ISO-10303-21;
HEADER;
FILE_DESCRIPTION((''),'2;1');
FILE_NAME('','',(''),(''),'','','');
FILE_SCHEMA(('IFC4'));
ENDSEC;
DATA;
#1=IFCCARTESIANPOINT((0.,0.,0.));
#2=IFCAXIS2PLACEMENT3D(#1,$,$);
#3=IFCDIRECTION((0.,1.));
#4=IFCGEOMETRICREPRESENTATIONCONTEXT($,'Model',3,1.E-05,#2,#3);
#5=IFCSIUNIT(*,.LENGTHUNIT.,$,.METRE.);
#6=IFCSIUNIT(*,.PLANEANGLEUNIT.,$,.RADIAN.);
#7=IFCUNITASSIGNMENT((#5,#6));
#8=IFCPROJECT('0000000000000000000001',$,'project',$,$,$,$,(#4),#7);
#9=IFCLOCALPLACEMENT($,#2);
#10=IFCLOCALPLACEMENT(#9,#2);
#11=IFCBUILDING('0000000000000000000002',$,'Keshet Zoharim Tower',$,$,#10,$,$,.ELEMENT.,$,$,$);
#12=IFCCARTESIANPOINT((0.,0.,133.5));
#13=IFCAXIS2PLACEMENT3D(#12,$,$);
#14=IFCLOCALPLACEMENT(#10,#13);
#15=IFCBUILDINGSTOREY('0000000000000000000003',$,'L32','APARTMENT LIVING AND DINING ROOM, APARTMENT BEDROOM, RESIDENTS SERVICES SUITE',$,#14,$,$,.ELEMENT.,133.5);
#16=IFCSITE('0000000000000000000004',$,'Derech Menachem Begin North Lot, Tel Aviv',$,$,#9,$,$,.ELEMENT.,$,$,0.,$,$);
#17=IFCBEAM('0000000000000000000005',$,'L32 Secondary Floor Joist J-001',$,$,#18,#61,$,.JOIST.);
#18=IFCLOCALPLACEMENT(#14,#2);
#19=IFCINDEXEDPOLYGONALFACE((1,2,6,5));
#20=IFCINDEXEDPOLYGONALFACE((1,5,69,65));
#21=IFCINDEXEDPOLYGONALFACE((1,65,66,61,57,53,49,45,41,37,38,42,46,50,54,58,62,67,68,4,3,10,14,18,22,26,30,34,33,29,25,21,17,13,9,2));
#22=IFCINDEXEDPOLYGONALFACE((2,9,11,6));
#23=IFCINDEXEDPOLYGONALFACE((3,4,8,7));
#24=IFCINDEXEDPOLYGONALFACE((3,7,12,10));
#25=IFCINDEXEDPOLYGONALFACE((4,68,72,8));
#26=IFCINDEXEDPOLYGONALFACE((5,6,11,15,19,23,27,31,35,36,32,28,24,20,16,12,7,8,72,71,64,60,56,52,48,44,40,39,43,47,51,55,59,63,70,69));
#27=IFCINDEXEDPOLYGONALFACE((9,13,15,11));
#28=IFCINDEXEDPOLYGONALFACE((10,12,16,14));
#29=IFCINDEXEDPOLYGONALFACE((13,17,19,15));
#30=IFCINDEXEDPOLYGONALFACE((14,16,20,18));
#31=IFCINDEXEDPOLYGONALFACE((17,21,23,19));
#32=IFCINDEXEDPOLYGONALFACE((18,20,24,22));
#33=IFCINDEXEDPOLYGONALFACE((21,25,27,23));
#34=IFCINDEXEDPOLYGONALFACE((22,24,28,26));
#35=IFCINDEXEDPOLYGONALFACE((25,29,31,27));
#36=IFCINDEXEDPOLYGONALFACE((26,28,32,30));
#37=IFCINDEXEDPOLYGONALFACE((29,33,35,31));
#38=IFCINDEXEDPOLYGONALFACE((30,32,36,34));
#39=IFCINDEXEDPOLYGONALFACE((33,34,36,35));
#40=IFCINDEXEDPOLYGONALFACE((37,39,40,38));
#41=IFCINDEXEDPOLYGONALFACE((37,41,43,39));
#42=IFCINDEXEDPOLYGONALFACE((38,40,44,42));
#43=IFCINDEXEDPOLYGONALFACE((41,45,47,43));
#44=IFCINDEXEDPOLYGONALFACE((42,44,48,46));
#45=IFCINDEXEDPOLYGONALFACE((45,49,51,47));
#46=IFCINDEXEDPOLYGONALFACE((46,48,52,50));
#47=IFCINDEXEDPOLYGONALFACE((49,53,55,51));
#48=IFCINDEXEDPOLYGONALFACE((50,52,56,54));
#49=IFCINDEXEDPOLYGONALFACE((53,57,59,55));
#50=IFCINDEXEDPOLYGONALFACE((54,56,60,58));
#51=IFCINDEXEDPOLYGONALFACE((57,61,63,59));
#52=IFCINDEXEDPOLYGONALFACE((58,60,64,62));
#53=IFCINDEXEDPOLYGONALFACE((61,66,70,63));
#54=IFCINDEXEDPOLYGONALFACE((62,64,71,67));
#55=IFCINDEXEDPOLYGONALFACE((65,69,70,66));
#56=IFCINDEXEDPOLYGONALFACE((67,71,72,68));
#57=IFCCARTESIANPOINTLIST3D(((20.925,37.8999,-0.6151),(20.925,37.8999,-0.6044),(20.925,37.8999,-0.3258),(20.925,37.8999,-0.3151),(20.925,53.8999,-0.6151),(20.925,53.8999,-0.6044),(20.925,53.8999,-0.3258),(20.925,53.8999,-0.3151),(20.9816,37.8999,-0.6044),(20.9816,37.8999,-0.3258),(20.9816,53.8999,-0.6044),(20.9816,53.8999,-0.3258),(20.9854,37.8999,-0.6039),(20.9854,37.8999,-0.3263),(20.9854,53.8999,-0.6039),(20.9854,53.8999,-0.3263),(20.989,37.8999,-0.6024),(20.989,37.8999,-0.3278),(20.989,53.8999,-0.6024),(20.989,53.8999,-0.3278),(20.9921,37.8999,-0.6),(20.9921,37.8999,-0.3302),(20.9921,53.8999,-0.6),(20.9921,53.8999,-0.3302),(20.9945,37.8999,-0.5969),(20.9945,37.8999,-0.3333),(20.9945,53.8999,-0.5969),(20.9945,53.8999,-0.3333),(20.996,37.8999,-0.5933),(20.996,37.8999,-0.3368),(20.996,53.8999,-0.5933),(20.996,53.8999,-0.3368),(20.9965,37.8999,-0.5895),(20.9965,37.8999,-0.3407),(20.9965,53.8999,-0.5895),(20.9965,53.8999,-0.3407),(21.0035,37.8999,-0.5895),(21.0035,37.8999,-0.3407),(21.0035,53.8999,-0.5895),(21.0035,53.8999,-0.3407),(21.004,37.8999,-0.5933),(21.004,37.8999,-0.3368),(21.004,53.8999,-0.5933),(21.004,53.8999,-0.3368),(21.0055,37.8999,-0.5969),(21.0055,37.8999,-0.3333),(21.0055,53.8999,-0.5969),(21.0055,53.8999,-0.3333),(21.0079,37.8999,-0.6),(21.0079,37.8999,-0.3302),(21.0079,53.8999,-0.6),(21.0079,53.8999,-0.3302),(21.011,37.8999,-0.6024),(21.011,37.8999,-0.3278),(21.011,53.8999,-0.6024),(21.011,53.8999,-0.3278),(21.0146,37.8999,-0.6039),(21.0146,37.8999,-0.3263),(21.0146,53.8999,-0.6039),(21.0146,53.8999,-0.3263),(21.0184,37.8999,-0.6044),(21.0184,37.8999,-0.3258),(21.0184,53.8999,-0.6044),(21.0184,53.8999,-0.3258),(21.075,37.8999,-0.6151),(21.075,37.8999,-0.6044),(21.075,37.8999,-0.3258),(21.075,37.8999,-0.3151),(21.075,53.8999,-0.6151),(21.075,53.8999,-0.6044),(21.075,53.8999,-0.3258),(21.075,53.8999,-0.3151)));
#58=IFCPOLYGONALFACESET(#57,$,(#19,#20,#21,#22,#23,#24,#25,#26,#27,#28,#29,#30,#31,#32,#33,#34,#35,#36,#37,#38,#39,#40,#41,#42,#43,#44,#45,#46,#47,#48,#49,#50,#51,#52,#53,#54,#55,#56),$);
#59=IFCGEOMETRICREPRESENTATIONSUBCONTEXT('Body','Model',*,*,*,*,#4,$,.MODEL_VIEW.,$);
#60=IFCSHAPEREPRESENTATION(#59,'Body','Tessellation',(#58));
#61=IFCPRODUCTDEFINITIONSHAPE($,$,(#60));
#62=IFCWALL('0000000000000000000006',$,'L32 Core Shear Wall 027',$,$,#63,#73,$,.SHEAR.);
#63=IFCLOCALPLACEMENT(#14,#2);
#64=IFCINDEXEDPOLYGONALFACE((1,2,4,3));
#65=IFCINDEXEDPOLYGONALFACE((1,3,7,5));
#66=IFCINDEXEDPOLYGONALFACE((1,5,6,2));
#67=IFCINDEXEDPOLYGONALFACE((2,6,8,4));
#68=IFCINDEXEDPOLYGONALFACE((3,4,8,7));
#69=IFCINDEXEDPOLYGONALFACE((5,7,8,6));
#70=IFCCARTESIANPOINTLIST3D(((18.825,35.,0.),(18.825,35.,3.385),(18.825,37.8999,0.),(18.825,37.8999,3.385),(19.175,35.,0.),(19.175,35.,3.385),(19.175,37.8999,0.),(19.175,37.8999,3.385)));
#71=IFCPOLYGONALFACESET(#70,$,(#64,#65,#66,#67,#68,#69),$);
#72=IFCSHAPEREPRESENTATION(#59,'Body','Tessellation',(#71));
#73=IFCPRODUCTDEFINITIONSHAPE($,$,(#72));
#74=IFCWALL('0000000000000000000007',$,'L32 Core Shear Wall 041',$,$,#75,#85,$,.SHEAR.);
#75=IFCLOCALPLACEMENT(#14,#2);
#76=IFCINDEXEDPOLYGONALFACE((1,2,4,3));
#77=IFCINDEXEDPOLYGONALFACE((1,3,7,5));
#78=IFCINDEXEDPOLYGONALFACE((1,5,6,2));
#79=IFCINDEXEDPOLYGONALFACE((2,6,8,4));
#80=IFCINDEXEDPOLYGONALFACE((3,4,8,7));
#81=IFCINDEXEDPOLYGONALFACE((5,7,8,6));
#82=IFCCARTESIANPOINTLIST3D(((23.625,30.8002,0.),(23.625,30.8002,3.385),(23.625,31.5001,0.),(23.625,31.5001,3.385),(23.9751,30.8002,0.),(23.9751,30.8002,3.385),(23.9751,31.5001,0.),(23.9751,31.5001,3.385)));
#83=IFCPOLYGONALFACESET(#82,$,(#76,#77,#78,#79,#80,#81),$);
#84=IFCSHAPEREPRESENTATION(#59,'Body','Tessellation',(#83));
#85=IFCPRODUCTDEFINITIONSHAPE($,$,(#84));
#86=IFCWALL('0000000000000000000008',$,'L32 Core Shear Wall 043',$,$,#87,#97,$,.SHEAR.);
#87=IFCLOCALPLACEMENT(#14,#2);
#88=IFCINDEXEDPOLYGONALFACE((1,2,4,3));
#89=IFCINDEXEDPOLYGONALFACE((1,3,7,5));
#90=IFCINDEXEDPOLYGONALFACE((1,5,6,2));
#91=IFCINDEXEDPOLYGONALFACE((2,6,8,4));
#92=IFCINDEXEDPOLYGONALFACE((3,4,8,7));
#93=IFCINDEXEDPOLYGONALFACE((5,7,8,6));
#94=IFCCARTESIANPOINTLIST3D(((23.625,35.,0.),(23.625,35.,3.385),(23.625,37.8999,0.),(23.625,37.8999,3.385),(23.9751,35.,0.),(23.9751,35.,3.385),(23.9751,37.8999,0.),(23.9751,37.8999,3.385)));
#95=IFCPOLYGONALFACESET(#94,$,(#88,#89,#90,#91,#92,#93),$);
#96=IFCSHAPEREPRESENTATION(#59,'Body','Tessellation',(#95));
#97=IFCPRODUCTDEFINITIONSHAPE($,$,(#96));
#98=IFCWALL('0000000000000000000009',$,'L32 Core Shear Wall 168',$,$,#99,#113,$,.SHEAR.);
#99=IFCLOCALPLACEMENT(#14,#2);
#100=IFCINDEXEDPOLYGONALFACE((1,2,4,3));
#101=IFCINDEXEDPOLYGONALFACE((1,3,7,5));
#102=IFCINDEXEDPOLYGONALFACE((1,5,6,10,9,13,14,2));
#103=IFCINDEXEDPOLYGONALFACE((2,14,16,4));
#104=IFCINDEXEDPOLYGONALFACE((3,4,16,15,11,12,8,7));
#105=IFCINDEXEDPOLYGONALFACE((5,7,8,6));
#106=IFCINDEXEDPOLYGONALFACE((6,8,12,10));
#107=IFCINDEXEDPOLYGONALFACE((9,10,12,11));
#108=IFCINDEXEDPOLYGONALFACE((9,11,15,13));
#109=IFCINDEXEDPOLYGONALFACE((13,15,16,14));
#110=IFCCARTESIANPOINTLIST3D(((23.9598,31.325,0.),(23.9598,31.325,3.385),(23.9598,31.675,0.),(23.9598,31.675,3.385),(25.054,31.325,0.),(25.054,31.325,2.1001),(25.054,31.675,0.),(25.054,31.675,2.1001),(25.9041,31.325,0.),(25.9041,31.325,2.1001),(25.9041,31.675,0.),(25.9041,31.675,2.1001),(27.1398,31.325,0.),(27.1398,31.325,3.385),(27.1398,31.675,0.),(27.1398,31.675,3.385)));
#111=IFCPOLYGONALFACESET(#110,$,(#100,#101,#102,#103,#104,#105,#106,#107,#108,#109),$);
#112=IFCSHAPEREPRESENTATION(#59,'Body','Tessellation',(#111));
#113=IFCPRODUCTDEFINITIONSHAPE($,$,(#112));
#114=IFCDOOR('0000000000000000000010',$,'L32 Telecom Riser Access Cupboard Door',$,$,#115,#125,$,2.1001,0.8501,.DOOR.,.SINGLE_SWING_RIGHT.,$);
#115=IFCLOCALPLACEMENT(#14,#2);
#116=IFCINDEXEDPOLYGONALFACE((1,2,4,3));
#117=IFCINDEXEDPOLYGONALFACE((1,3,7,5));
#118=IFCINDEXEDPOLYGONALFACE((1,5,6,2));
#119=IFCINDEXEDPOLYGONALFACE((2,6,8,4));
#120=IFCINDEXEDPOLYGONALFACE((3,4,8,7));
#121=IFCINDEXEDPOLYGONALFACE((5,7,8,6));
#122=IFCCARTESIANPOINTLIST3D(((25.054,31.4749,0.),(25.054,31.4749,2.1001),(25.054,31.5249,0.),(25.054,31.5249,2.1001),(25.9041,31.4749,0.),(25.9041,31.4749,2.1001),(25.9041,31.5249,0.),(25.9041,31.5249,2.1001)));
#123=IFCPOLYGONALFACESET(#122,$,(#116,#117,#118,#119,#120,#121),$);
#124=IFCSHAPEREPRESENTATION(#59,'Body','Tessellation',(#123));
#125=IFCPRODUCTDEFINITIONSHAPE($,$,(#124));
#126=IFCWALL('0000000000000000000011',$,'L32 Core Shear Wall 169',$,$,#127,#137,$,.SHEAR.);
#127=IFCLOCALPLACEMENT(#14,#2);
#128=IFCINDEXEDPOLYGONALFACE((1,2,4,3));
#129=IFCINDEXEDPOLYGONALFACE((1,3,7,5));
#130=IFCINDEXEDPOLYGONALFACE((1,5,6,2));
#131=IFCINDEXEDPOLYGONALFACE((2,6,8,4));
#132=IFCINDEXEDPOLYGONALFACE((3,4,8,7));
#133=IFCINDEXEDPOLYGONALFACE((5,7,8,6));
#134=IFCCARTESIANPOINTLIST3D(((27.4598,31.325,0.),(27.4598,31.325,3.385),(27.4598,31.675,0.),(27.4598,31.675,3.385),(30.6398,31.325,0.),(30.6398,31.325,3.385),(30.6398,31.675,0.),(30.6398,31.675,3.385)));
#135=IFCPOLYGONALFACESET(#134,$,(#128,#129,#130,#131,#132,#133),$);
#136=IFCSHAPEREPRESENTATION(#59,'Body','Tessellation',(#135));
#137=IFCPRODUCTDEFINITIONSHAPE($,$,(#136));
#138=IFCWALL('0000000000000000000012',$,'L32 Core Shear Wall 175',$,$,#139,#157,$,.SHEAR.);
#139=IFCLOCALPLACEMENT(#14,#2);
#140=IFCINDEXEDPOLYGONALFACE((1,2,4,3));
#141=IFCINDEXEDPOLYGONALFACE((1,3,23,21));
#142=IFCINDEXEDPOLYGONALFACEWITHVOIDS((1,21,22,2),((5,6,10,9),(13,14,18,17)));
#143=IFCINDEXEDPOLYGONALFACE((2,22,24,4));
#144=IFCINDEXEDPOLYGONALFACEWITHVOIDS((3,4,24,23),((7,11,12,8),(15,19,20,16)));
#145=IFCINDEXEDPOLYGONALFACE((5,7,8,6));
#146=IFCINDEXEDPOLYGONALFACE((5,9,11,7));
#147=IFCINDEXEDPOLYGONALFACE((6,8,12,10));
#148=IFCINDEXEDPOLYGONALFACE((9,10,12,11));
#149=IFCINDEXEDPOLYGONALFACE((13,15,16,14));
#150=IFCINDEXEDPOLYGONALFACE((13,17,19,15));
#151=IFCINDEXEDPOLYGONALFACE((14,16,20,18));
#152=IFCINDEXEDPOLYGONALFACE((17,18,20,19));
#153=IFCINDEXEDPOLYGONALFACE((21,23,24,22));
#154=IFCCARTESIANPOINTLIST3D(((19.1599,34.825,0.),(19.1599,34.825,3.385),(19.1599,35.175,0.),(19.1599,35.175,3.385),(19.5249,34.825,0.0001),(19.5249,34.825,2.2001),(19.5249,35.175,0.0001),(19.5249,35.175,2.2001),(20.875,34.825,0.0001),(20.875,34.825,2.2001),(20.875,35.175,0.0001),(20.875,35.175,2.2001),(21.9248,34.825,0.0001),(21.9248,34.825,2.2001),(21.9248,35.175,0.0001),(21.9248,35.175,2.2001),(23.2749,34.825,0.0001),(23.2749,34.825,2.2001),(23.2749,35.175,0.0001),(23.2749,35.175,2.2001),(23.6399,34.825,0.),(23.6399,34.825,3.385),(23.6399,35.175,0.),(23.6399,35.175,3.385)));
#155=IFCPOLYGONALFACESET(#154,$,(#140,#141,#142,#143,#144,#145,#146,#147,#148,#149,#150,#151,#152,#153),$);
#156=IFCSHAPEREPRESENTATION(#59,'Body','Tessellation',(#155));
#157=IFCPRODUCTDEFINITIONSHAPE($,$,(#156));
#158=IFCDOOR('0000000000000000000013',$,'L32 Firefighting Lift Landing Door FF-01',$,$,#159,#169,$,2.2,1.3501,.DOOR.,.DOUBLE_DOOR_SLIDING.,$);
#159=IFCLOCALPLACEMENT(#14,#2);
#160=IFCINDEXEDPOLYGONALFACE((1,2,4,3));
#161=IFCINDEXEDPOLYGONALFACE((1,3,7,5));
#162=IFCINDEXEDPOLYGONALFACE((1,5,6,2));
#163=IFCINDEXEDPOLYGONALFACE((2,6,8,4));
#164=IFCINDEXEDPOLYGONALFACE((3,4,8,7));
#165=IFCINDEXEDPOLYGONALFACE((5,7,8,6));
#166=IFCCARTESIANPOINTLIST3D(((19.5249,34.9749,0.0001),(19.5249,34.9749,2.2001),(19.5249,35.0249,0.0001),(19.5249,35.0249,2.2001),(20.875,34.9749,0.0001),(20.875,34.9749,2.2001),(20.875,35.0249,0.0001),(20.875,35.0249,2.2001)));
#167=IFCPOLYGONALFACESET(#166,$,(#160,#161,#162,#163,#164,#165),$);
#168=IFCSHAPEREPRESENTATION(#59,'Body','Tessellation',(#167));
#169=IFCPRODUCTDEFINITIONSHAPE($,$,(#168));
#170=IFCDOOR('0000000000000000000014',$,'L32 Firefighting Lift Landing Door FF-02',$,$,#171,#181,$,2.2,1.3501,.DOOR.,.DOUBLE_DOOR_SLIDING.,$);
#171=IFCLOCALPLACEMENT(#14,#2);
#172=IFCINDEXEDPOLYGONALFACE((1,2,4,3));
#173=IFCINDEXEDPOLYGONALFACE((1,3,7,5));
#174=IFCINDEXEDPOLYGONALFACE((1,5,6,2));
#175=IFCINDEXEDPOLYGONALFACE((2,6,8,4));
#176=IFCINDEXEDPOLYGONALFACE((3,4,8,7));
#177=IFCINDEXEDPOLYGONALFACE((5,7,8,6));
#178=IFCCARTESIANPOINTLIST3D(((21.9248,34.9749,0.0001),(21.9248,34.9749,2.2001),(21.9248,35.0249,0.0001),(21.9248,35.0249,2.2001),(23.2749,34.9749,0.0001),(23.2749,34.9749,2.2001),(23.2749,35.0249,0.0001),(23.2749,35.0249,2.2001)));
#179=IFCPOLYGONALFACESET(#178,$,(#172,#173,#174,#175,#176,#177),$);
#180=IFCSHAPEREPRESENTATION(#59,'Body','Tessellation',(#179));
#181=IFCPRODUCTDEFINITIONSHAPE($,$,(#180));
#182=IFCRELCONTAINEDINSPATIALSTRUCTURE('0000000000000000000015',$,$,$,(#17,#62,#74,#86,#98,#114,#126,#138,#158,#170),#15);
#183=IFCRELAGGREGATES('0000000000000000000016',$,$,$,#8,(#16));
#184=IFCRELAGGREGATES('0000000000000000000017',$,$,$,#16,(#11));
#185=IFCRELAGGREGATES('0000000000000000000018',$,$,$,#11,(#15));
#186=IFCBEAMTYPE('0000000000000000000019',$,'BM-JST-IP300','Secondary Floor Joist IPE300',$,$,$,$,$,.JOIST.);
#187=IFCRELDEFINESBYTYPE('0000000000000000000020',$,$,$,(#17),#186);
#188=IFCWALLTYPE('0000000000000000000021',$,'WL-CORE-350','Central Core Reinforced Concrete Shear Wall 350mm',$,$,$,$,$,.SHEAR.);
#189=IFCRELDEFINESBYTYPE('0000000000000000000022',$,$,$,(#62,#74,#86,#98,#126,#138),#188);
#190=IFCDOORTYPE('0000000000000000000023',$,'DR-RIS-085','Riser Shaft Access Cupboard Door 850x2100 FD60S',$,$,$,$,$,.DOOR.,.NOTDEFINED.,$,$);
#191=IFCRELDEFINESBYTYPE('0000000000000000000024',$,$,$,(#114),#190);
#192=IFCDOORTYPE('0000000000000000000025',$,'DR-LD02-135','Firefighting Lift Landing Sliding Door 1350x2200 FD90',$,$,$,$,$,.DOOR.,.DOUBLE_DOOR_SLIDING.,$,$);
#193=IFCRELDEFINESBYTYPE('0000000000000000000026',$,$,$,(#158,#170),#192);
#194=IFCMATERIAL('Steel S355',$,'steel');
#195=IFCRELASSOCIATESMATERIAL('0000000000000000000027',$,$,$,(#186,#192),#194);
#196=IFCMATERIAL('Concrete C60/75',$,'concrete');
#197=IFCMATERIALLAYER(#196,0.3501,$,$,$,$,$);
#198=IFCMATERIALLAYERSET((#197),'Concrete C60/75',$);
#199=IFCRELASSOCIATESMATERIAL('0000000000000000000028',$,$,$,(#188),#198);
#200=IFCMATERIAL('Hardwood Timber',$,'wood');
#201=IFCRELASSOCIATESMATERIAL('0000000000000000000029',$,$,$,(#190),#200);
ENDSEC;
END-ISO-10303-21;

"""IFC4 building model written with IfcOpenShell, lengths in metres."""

from ifc_helpers import new_model, si_unit, direction, frame, frame_2d, origin, origin_2d, place, context, subcontext, project, spatial, rectangle, i_section, extrude, material, layer, layer_set, material_profile, profile_set, type_object, element, fill, save


model = new_model("IFC4")

# Units and contexts
model_context = context("Model", 3, precision=1e-05, world=origin(), true_north=direction((0.0, 1.0)))
body_context = subcontext(model_context, "Body", "Model", "MODEL_VIEW")
ifc_project = project(units=[si_unit("LENGTHUNIT", "METRE"), si_unit("PLANEANGLEUNIT", "RADIAN")], contexts=[model_context])

# Site, building, storey
site_placement = place(None, origin())
site = spatial("IfcSite", under=ifc_project, at=site_placement, Name="Derech Menachem Begin North Lot, Tel Aviv", CompositionType="ELEMENT", RefElevation=0.0)
building_placement = place(site_placement, origin())
building = spatial("IfcBuilding", under=site, at=building_placement, Name="Keshet Zoharim Tower", CompositionType="ELEMENT")
storey_placement = place(building_placement, frame((0.0, 0.0, 133.5)))
storey = spatial("IfcBuildingStorey", under=building, at=storey_placement, Name="L32", Description="APARTMENT LIVING AND DINING ROOM, APARTMENT BEDROOM, RESIDENTS SERVICES SUITE", CompositionType="ELEMENT", Elevation=133.5)

# Beam
ifc_material_1 = material(Name="Steel S355", Category="steel")
ifc_material_profile = material_profile(ifc_material_1, i_section(OverallWidth=0.1499, OverallDepth=0.3, WebThickness=0.0071, FlangeThickness=0.0107, FilletRadius=0.0149, at=origin_2d()), Name="IPE300")
ifc_profile_set = profile_set([ifc_material_profile], Name="Steel S355")
beam_type = type_object("IfcBeamType", Name="BM-JST-IP300", Description="Secondary Floor Joist IPE300", PredefinedType="JOIST", material=ifc_profile_set)
beam_placement = place(storey_placement, frame((21.0, 37.8999, -0.4651), z_axis=(0.0, 1.0, 0.0), x_axis=(-1.0, 0.0, 0.0)))
element("IfcBeam", 1, at=beam_placement, inside=storey, type_object=beam_type, Name="L32 Secondary Floor Joist J-001", PredefinedType="JOIST", context=body_context, shape_type="SweptSolid", body=[
    extrude(i_section(OverallWidth=0.1499, OverallDepth=0.3, WebThickness=0.0071, FlangeThickness=0.0107, FilletRadius=0.0149, at=origin_2d()), origin(), (0.0, 0.0, 1.0), 16.0),
])

# Walls
ifc_material_2 = material(Name="Concrete C60/75", Category="concrete")
ifc_layer_1 = layer(ifc_material_2, 0.3501)
ifc_layer_set_1 = layer_set([ifc_layer_1], Name="Concrete C60/75")
wall_type_1 = type_object("IfcWallType", Name="WL-CORE-350", Description="Central Core Reinforced Concrete Shear Wall 350mm", PredefinedType="SHEAR", material=ifc_layer_set_1)
wall_1_placement = place(storey_placement, frame((19.0, 35.0, 0.0), z_axis=(0.0, 0.0, 1.0), x_axis=(0.0, 1.0, 0.0)))
element("IfcWall", 2, at=wall_1_placement, inside=storey, type_object=wall_type_1, Name="L32 Core Shear Wall 027", PredefinedType="SHEAR", context=body_context, shape_type="SweptSolid", body=[
    extrude(rectangle(XDim=2.8999, YDim=0.3501, at=frame_2d((1.45, 0.0))), origin(), (0.0, 0.0, 1.0), 3.385),
])
wall_2_placement = place(storey_placement, frame((23.8, 30.8, 0.0), z_axis=(0.0, 0.0, 1.0), x_axis=(0.0, 1.0, 0.0)))
element("IfcWall", 3, at=wall_2_placement, inside=storey, type_object=wall_type_1, Name="L32 Core Shear Wall 041", PredefinedType="SHEAR", context=body_context, shape_type="SweptSolid", body=[
    extrude(rectangle(XDim=0.7, YDim=0.3501, at=frame_2d((0.3501, 0.0))), origin(), (0.0, 0.0, 1.0), 3.385),
])

# Shared definitions
ifc_material_3 = material(Name="Hardwood Timber", Category="wood")

# Wall
wall_3_placement = place(storey_placement, frame((23.8, 35.0, 0.0), z_axis=(0.0, 0.0, 1.0), x_axis=(0.0, 1.0, 0.0)))
element("IfcWall", 4, at=wall_3_placement, inside=storey, type_object=wall_type_1, Name="L32 Core Shear Wall 043", PredefinedType="SHEAR", context=body_context, shape_type="SweptSolid", body=[
    extrude(rectangle(XDim=2.8999, YDim=0.3501, at=frame_2d((1.45, 0.0))), origin(), (0.0, 0.0, 1.0), 3.385),
])

# Wall, opening, door
wall_4_placement = place(storey_placement, frame((23.96, 31.5, 0.0), z_axis=(0.0, 0.0, 1.0), x_axis=(1.0, 0.0, 0.0)))
wall_4 = element("IfcWall", 5, at=wall_4_placement, inside=storey, type_object=wall_type_1, Name="L32 Core Shear Wall 168", PredefinedType="SHEAR", context=body_context, shape_type="SweptSolid", body=[
    extrude(rectangle(XDim=3.1799, YDim=0.3501, at=frame_2d((1.5898, 0.0))), origin(), (0.0, 0.0, 1.0), 3.385),
])
opening_1_placement = place(wall_4_placement, frame((1.094, 0.0, 0.0)))
opening_1 = element("IfcOpeningElement", 6, at=opening_1_placement, cuts=wall_4, PredefinedType="OPENING", context=body_context, shape_type="SweptSolid", body=[
    extrude(rectangle(XDim=0.8501, YDim=2.1001, at=frame_2d((0.425, 1.05))), frame((0.0, 0.1851, 0.0), z_axis=(0.0, -1.0, 0.0), x_axis=(1.0, 0.0, 0.0)), (0.0, 0.0, 1.0), 0.3701),
])
door_type_1 = type_object("IfcDoorType", Name="DR-RIS-085", Description="Riser Shaft Access Cupboard Door 850x2100 FD60S", OperationType="NOTDEFINED", PredefinedType="DOOR", material=ifc_material_3)
door_1_placement = place(opening_1_placement, origin())
door_1 = element("IfcDoor", 7, at=door_1_placement, inside=storey, type_object=door_type_1, Name="L32 Telecom Riser Access Cupboard Door", OperationType="SINGLE_SWING_RIGHT", OverallHeight=2.1001, OverallWidth=0.8501, PredefinedType="DOOR", context=body_context, shape_type="SweptSolid", body=[
    extrude(rectangle(XDim=0.8501, YDim=2.1001, at=frame_2d((0.425, 1.05))), frame((0.0, 0.0249, 0.0), z_axis=(0.0, -1.0, 0.0), x_axis=(1.0, 0.0, 0.0)), (0.0, 0.0, 1.0), 0.05),
])
fill(opening_1, door_1)

# Wall
wall_5_placement = place(storey_placement, frame((27.46, 31.5, 0.0), z_axis=(0.0, 0.0, 1.0), x_axis=(1.0, 0.0, 0.0)))
element("IfcWall", 8, at=wall_5_placement, inside=storey, type_object=wall_type_1, Name="L32 Core Shear Wall 169", PredefinedType="SHEAR", context=body_context, shape_type="SweptSolid", body=[
    extrude(rectangle(XDim=3.1799, YDim=0.3501, at=frame_2d((1.5898, 0.0))), origin(), (0.0, 0.0, 1.0), 3.385),
])

# Wall, openings, doors
wall_6_placement = place(storey_placement, frame((19.1599, 35.0, 0.0), z_axis=(0.0, 0.0, 1.0), x_axis=(1.0, 0.0, 0.0)))
wall_6 = element("IfcWall", 9, at=wall_6_placement, inside=storey, type_object=wall_type_1, Name="L32 Core Shear Wall 175", PredefinedType="SHEAR", context=body_context, shape_type="SweptSolid", body=[
    extrude(rectangle(XDim=4.48, YDim=0.3501, at=frame_2d((2.24, 0.0))), origin(), (0.0, 0.0, 1.0), 3.385),
])
opening_2_placement = place(wall_6_placement, frame((0.365, 0.0, 0.0)))
opening_2 = element("IfcOpeningElement", 10, at=opening_2_placement, cuts=wall_6, PredefinedType="OPENING", context=body_context, shape_type="SweptSolid", body=[
    extrude(rectangle(XDim=1.3501, YDim=2.2, at=frame_2d((0.675, 1.1001))), frame((0.0, 0.1851, 0.0), z_axis=(0.0, -1.0, 0.0), x_axis=(1.0, 0.0, 0.0)), (0.0, 0.0, 1.0), 0.3701),
])
opening_3_placement = place(wall_6_placement, frame((2.7649, 0.0, 0.0)))
opening_3 = element("IfcOpeningElement", 11, at=opening_3_placement, cuts=wall_6, PredefinedType="OPENING", context=body_context, shape_type="SweptSolid", body=[
    extrude(rectangle(XDim=1.3501, YDim=2.2, at=frame_2d((0.675, 1.1001))), frame((0.0, 0.1851, 0.0), z_axis=(0.0, -1.0, 0.0), x_axis=(1.0, 0.0, 0.0)), (0.0, 0.0, 1.0), 0.3701),
])
door_type_2 = type_object("IfcDoorType", Name="DR-LD02-135", Description="Firefighting Lift Landing Sliding Door 1350x2200 FD90", OperationType="DOUBLE_DOOR_SLIDING", PredefinedType="DOOR", material=ifc_material_1)
door_2_placement = place(opening_2_placement, origin())
door_2 = element("IfcDoor", 12, at=door_2_placement, inside=storey, type_object=door_type_2, Name="L32 Firefighting Lift Landing Door FF-01", OperationType="DOUBLE_DOOR_SLIDING", OverallHeight=2.2, OverallWidth=1.3501, PredefinedType="DOOR", context=body_context, shape_type="SweptSolid", body=[
    extrude(rectangle(XDim=1.3501, YDim=2.2, at=frame_2d((0.675, 1.1001))), frame((0.0, 0.0249, 0.0), z_axis=(0.0, -1.0, 0.0), x_axis=(1.0, 0.0, 0.0)), (0.0, 0.0, 1.0), 0.05),
])
fill(opening_2, door_2)
door_3_placement = place(opening_3_placement, origin())
door_3 = element("IfcDoor", 13, at=door_3_placement, inside=storey, type_object=door_type_2, Name="L32 Firefighting Lift Landing Door FF-02", OperationType="DOUBLE_DOOR_SLIDING", OverallHeight=2.2, OverallWidth=1.3501, PredefinedType="DOOR", context=body_context, shape_type="SweptSolid", body=[
    extrude(rectangle(XDim=1.3501, YDim=2.2, at=frame_2d((0.675, 1.1001))), frame((0.0, 0.0249, 0.0), z_axis=(0.0, -1.0, 0.0), x_axis=(1.0, 0.0, 0.0)), (0.0, 0.0, 1.0), 0.05),
])
fill(opening_3, door_3)

save(model, "model.ifc")
